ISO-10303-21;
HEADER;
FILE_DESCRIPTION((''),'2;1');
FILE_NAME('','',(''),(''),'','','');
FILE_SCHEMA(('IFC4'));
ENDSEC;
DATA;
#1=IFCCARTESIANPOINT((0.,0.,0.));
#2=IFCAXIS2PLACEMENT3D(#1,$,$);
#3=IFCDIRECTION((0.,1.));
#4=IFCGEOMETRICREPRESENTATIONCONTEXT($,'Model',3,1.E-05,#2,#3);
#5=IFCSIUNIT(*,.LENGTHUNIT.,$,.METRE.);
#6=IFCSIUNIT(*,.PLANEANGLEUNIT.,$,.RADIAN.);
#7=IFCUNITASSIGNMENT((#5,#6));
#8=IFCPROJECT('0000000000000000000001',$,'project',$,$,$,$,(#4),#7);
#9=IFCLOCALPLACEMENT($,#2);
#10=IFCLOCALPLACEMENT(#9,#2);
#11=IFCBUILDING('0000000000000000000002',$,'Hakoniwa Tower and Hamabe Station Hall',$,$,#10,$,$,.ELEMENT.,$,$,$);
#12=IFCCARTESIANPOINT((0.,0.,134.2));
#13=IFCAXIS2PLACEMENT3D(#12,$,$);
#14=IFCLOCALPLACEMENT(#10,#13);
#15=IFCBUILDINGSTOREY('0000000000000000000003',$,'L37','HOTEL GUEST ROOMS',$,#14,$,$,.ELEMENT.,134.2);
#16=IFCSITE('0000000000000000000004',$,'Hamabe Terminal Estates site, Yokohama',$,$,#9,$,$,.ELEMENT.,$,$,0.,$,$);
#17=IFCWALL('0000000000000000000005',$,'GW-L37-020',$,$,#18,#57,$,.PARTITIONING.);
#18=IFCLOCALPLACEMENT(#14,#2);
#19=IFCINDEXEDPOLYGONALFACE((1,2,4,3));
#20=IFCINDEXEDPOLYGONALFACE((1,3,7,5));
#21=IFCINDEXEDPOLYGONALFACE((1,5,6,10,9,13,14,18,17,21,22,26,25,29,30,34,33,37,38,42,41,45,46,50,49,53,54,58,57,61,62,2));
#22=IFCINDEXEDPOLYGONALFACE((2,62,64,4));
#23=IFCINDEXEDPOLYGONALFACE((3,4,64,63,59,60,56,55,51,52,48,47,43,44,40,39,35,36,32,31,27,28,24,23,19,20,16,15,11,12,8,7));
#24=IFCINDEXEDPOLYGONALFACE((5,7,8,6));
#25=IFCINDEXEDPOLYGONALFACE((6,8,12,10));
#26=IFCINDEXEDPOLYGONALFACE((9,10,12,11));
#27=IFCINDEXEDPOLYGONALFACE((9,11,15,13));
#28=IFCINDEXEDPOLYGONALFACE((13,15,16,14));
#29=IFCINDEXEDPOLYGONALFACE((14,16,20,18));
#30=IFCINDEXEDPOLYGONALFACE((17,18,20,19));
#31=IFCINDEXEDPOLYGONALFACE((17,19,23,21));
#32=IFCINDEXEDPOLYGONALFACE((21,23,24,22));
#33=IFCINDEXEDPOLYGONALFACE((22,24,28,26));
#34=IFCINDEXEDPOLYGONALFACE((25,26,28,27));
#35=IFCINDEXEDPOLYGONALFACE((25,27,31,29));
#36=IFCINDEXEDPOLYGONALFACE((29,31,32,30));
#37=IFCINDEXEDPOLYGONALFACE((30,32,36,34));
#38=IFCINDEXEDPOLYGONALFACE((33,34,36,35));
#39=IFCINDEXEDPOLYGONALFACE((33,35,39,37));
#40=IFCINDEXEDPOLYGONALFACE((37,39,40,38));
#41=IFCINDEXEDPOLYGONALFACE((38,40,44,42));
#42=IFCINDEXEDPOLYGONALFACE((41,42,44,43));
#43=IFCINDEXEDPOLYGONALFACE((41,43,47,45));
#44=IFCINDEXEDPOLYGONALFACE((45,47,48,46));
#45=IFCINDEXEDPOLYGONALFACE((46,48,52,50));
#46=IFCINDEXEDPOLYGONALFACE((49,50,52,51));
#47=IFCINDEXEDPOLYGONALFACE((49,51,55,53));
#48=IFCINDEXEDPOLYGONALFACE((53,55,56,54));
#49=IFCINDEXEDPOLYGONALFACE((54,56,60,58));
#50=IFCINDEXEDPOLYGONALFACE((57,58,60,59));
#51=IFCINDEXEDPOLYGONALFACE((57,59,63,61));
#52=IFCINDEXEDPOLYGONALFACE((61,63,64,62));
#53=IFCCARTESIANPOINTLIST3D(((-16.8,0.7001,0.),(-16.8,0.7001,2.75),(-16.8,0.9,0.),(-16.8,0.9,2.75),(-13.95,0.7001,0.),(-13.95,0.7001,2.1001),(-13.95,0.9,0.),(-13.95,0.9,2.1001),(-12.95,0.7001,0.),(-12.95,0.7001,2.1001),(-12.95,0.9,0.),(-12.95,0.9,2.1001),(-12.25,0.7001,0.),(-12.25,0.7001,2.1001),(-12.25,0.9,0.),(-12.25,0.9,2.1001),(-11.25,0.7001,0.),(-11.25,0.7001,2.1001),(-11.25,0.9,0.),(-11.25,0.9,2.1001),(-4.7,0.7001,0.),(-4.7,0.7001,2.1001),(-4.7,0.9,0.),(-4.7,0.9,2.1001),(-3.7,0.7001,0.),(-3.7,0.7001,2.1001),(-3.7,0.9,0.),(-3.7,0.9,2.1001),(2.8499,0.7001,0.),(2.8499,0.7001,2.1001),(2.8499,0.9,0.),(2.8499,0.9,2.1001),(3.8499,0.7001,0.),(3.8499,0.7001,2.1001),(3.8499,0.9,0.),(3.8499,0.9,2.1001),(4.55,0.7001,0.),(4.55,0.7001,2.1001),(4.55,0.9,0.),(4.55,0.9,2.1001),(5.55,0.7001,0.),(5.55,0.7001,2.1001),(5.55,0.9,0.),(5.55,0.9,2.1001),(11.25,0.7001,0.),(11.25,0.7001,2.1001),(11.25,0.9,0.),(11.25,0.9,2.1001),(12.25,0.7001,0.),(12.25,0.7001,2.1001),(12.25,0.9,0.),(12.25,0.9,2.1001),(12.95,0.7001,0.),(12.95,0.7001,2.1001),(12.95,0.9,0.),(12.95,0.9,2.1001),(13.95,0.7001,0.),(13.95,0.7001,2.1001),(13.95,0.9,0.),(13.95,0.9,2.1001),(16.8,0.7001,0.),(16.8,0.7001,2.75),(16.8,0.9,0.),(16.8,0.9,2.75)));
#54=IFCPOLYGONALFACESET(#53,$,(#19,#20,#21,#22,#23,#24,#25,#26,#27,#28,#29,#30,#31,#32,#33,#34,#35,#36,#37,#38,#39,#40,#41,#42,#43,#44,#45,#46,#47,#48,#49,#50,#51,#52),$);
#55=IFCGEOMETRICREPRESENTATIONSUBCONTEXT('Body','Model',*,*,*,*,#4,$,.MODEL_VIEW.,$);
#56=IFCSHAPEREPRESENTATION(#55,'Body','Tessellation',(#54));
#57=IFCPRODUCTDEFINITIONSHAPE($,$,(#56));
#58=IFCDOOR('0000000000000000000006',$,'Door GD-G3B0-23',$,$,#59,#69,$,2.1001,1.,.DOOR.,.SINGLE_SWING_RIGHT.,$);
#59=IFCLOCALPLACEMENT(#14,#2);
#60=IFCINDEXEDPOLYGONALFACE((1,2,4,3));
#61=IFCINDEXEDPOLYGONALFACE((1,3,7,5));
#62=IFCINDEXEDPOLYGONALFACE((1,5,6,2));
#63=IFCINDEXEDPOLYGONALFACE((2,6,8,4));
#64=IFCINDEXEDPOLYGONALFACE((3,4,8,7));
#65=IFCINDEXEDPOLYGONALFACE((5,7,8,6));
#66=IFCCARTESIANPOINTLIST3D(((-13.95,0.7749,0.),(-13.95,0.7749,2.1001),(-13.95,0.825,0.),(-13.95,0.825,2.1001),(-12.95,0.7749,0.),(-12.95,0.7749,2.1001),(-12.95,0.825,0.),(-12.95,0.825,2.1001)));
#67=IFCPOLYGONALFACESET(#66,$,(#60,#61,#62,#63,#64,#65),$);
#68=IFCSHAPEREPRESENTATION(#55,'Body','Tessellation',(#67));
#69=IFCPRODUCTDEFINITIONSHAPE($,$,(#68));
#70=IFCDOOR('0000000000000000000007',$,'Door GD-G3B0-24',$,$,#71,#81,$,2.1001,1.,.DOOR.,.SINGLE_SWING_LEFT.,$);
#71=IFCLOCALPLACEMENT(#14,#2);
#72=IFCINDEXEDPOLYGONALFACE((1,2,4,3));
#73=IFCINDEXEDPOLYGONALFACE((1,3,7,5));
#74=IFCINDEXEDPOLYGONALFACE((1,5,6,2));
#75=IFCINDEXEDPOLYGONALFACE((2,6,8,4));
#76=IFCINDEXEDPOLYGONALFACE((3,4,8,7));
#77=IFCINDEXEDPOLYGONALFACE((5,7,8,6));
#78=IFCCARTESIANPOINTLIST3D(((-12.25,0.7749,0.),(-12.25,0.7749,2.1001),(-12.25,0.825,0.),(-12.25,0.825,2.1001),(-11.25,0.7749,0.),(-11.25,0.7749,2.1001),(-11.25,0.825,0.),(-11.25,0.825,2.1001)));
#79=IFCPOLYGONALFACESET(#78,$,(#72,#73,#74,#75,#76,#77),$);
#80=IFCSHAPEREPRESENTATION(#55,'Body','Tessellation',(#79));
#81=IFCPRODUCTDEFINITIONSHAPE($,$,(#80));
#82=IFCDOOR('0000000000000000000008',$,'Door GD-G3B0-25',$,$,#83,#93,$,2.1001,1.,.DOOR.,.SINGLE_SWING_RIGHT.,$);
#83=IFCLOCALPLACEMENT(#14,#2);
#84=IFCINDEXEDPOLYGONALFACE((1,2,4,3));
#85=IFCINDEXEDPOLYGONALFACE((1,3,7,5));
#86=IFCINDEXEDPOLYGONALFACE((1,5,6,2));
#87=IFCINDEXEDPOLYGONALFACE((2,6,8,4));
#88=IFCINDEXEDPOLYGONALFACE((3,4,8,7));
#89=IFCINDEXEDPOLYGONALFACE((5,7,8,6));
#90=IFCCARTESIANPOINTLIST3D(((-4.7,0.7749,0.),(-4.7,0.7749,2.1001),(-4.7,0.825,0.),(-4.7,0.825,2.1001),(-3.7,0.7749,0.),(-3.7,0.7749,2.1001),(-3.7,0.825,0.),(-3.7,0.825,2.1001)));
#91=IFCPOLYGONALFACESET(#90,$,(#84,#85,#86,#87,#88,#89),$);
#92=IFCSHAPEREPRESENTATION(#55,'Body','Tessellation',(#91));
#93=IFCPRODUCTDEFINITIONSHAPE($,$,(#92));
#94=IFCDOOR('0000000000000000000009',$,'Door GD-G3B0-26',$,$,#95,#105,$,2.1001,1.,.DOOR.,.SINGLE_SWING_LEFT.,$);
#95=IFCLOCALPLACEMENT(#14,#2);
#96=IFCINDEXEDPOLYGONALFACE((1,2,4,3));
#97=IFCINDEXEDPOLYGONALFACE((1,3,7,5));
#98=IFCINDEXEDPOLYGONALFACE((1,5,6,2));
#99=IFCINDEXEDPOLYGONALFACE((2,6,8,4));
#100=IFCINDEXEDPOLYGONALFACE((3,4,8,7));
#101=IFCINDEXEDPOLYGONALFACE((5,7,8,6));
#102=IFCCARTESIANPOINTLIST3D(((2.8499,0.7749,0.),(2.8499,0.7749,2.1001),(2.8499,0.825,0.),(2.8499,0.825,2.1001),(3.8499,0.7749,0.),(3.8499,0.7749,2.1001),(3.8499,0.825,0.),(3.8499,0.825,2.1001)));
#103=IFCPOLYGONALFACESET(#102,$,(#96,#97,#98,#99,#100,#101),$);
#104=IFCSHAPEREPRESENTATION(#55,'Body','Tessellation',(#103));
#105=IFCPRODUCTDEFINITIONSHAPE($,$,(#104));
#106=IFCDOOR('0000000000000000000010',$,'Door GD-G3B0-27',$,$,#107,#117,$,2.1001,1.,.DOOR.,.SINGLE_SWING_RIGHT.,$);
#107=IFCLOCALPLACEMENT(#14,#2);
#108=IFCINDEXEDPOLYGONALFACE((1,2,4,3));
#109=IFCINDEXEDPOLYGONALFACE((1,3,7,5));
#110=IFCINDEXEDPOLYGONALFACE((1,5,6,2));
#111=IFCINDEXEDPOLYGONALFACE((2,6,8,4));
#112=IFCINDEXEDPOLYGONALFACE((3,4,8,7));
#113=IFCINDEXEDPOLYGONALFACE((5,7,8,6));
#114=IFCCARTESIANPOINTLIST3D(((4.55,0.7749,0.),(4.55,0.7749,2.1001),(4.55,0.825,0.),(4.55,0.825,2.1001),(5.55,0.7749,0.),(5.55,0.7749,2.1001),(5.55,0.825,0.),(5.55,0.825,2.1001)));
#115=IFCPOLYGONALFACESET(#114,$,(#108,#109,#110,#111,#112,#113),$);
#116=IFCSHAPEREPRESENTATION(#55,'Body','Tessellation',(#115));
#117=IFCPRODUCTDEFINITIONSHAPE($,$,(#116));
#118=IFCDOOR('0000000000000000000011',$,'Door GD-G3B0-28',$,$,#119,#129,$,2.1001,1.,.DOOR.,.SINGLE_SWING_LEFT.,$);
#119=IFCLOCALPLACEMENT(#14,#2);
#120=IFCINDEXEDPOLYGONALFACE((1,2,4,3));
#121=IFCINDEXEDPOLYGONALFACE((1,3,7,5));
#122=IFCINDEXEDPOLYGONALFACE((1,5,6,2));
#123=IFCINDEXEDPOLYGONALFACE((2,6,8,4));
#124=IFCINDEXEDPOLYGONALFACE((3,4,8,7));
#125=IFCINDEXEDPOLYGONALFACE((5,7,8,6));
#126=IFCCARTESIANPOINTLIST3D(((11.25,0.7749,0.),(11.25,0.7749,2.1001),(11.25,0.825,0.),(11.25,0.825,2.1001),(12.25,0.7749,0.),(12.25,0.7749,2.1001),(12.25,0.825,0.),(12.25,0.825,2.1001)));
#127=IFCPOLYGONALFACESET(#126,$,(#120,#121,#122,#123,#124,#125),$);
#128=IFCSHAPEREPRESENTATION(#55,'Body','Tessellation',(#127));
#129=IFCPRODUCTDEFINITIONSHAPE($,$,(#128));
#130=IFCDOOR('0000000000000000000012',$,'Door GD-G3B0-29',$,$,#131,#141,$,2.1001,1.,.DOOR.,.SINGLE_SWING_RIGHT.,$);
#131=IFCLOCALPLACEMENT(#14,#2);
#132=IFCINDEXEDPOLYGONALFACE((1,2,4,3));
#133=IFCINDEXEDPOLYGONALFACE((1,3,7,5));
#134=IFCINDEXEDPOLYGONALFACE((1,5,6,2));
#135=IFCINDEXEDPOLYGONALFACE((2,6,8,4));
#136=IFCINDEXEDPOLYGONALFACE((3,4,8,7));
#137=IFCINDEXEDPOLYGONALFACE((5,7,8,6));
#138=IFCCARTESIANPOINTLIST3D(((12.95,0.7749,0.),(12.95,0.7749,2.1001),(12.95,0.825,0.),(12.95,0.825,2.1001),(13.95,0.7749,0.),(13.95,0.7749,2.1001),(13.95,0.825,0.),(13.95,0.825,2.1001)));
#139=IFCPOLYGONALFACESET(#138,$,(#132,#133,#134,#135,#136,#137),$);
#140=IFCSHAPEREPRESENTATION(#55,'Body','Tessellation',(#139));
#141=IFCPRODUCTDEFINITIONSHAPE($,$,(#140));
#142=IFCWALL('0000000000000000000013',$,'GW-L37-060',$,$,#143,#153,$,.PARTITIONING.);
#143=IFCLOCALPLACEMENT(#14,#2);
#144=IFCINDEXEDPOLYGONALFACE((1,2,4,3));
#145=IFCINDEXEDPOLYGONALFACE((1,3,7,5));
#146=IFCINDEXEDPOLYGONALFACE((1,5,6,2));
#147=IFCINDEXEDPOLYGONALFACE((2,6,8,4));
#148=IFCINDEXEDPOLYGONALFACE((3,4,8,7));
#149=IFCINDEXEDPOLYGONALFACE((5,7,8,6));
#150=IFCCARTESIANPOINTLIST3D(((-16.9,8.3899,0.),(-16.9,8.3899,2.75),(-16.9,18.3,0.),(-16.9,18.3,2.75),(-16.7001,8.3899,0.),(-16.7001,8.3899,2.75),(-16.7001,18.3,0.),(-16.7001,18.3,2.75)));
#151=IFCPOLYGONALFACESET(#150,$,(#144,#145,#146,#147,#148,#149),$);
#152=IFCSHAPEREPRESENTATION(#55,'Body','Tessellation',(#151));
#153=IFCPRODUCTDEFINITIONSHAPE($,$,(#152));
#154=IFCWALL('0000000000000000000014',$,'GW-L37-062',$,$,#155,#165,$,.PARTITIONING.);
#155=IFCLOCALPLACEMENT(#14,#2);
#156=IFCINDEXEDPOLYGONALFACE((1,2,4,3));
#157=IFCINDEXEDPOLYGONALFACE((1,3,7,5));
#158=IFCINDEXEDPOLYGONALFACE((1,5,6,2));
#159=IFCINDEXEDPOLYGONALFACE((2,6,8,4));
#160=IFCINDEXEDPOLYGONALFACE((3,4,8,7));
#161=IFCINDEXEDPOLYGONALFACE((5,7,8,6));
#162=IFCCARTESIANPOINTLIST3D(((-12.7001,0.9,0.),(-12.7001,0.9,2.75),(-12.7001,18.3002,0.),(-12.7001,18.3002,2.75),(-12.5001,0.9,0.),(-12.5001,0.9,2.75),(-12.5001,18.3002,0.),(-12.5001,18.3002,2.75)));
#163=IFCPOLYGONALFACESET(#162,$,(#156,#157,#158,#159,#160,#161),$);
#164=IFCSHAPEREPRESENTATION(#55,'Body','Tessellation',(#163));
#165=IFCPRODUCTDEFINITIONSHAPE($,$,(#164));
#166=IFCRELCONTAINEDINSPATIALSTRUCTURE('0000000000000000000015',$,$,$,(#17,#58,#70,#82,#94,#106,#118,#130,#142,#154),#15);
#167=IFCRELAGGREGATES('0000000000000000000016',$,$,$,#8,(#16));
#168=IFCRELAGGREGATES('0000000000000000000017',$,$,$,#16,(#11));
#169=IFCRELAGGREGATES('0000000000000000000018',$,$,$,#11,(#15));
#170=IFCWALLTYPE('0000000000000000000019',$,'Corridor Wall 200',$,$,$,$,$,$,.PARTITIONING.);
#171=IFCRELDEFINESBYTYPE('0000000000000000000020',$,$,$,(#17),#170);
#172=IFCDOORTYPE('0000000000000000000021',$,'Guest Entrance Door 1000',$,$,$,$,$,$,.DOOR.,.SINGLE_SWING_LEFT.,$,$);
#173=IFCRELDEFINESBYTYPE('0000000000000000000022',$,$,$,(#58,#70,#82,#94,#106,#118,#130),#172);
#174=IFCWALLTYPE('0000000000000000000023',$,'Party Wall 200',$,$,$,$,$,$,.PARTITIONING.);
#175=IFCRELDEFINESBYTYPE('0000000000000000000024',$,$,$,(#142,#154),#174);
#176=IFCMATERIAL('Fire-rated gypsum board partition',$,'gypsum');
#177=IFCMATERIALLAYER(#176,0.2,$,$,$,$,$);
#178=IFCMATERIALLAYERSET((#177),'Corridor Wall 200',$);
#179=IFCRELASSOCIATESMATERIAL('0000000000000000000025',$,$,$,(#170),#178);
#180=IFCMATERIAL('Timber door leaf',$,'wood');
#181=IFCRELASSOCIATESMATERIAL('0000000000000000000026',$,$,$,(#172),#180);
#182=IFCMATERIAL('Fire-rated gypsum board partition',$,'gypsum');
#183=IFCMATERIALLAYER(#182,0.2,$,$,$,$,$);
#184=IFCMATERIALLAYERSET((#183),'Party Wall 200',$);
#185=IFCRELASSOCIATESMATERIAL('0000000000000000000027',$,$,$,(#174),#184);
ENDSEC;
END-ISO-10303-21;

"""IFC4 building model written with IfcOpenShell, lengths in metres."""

from ifc_helpers import new_model, si_unit, direction, frame, frame_2d, origin, place, context, subcontext, project, spatial, rectangle, extrude, material, layer, layer_set, type_object, element, fill, save


model = new_model("IFC4")

# Units and contexts
model_context = context("Model", 3, precision=1e-05, world=origin(), true_north=direction((0.0, 1.0)))
body_context = subcontext(model_context, "Body", "Model", "MODEL_VIEW")
ifc_project = project(units=[si_unit("LENGTHUNIT", "METRE"), si_unit("PLANEANGLEUNIT", "RADIAN")], contexts=[model_context])

# Site, building, storey
site_placement = place(None, origin())
site = spatial("IfcSite", under=ifc_project, at=site_placement, Name="Hamabe Terminal Estates site, Yokohama", CompositionType="ELEMENT", RefElevation=0.0)
building_placement = place(site_placement, origin())
building = spatial("IfcBuilding", under=site, at=building_placement, Name="Hakoniwa Tower and Hamabe Station Hall", CompositionType="ELEMENT")
storey_placement = place(building_placement, frame((0.0, 0.0, 134.2)))
storey = spatial("IfcBuildingStorey", under=building, at=storey_placement, Name="L37", Description="HOTEL GUEST ROOMS", CompositionType="ELEMENT", Elevation=134.2)

# Wall, openings, doors
ifc_material_1 = material(Name="Fire-rated gypsum board partition", Category="gypsum")
ifc_layer_1 = layer(ifc_material_1, 0.2)
ifc_layer_set_1 = layer_set([ifc_layer_1], Name="Corridor Wall 200")
wall_type_1 = type_object("IfcWallType", Name="Corridor Wall 200", PredefinedType="PARTITIONING", material=ifc_layer_set_1)
wall_1_placement = place(storey_placement, frame((-16.8, 0.8, 0.0), z_axis=(0.0, 0.0, 1.0), x_axis=(1.0, 0.0, 0.0)))
wall_1 = element("IfcWall", 1, at=wall_1_placement, inside=storey, type_object=wall_type_1, Name="GW-L37-020", PredefinedType="PARTITIONING", context=body_context, shape_type="SweptSolid", body=[
    extrude(rectangle(XDim=33.6001, YDim=0.2, at=frame_2d((16.8, 0.0))), origin(), (0.0, 0.0, 1.0), 2.75),
])
opening_1_placement = place(wall_1_placement, frame((2.8501, 0.0, 0.0)))
opening_1 = element("IfcOpeningElement", 2, at=opening_1_placement, cuts=wall_1, PredefinedType="OPENING", context=body_context, shape_type="SweptSolid", body=[
    extrude(rectangle(XDim=1.0, YDim=2.1001, at=frame_2d((0.5, 1.05))), frame((0.0, 0.1099, 0.0), z_axis=(0.0, -1.0, 0.0), x_axis=(1.0, 0.0, 0.0)), (0.0, 0.0, 1.0), 0.22),
])
opening_2_placement = place(wall_1_placement, frame((4.55, 0.0, 0.0)))
opening_2 = element("IfcOpeningElement", 3, at=opening_2_placement, cuts=wall_1, PredefinedType="OPENING", context=body_context, shape_type="SweptSolid", body=[
    extrude(rectangle(XDim=1.0, YDim=2.1001, at=frame_2d((0.5, 1.05))), frame((0.0, 0.1099, 0.0), z_axis=(0.0, -1.0, 0.0), x_axis=(1.0, 0.0, 0.0)), (0.0, 0.0, 1.0), 0.22),
])
opening_3_placement = place(wall_1_placement, frame((12.1001, 0.0, 0.0)))
opening_3 = element("IfcOpeningElement", 4, at=opening_3_placement, cuts=wall_1, PredefinedType="OPENING", context=body_context, shape_type="SweptSolid", body=[
    extrude(rectangle(XDim=1.0, YDim=2.1001, at=frame_2d((0.5, 1.05))), frame((0.0, 0.1099, 0.0), z_axis=(0.0, -1.0, 0.0), x_axis=(1.0, 0.0, 0.0)), (0.0, 0.0, 1.0), 0.22),
])
opening_4_placement = place(wall_1_placement, frame((19.6499, 0.0, 0.0)))
opening_4 = element("IfcOpeningElement", 5, at=opening_4_placement, cuts=wall_1, PredefinedType="OPENING", context=body_context, shape_type="SweptSolid", body=[
    extrude(rectangle(XDim=1.0, YDim=2.1001, at=frame_2d((0.5, 1.05))), frame((0.0, 0.1099, 0.0), z_axis=(0.0, -1.0, 0.0), x_axis=(1.0, 0.0, 0.0)), (0.0, 0.0, 1.0), 0.22),
])
opening_5_placement = place(wall_1_placement, frame((21.3501, 0.0, 0.0)))
opening_5 = element("IfcOpeningElement", 6, at=opening_5_placement, cuts=wall_1, PredefinedType="OPENING", context=body_context, shape_type="SweptSolid", body=[
    extrude(rectangle(XDim=1.0, YDim=2.1001, at=frame_2d((0.5, 1.05))), frame((0.0, 0.1099, 0.0), z_axis=(0.0, -1.0, 0.0), x_axis=(1.0, 0.0, 0.0)), (0.0, 0.0, 1.0), 0.22),
])
opening_6_placement = place(wall_1_placement, frame((28.05, 0.0, 0.0)))
opening_6 = element("IfcOpeningElement", 7, at=opening_6_placement, cuts=wall_1, PredefinedType="OPENING", context=body_context, shape_type="SweptSolid", body=[
    extrude(rectangle(XDim=1.0, YDim=2.1001, at=frame_2d((0.5, 1.05))), frame((0.0, 0.1099, 0.0), z_axis=(0.0, -1.0, 0.0), x_axis=(1.0, 0.0, 0.0)), (0.0, 0.0, 1.0), 0.22),
])
opening_7_placement = place(wall_1_placement, frame((29.75, 0.0, 0.0)))
opening_7 = element("IfcOpeningElement", 8, at=opening_7_placement, cuts=wall_1, PredefinedType="OPENING", context=body_context, shape_type="SweptSolid", body=[
    extrude(rectangle(XDim=1.0, YDim=2.1001, at=frame_2d((0.5, 1.05))), frame((0.0, 0.1099, 0.0), z_axis=(0.0, -1.0, 0.0), x_axis=(1.0, 0.0, 0.0)), (0.0, 0.0, 1.0), 0.22),
])
ifc_material_2 = material(Name="Timber door leaf", Category="wood")
door_type_1 = type_object("IfcDoorType", Name="Guest Entrance Door 1000", OperationType="SINGLE_SWING_LEFT", PredefinedType="DOOR", material=ifc_material_2)
door_1_placement = place(opening_1_placement, origin())
door_1 = element("IfcDoor", 9, at=door_1_placement, inside=storey, type_object=door_type_1, Name="Door GD-G3B0-23", OperationType="SINGLE_SWING_RIGHT", OverallHeight=2.1001, OverallWidth=1.0, PredefinedType="DOOR", context=body_context, shape_type="SweptSolid", body=[
    extrude(rectangle(XDim=1.0, YDim=2.1001, at=frame_2d((0.5, 1.05))), frame((0.0, 0.0249, 0.0), z_axis=(0.0, -1.0, 0.0), x_axis=(1.0, 0.0, 0.0)), (0.0, 0.0, 1.0), 0.05),
])
fill(opening_1, door_1)
door_2_placement = place(opening_2_placement, origin())
door_2 = element("IfcDoor", 10, at=door_2_placement, inside=storey, type_object=door_type_1, Name="Door GD-G3B0-24", OperationType="SINGLE_SWING_LEFT", OverallHeight=2.1001, OverallWidth=1.0, PredefinedType="DOOR", context=body_context, shape_type="SweptSolid", body=[
    extrude(rectangle(XDim=1.0, YDim=2.1001, at=frame_2d((0.5, 1.05))), frame((0.0, 0.0249, 0.0), z_axis=(0.0, -1.0, 0.0), x_axis=(1.0, 0.0, 0.0)), (0.0, 0.0, 1.0), 0.05),
])
fill(opening_2, door_2)
door_3_placement = place(opening_3_placement, origin())
door_3 = element("IfcDoor", 11, at=door_3_placement, inside=storey, type_object=door_type_1, Name="Door GD-G3B0-25", OperationType="SINGLE_SWING_RIGHT", OverallHeight=2.1001, OverallWidth=1.0, PredefinedType="DOOR", context=body_context, shape_type="SweptSolid", body=[
    extrude(rectangle(XDim=1.0, YDim=2.1001, at=frame_2d((0.5, 1.05))), frame((0.0, 0.0249, 0.0), z_axis=(0.0, -1.0, 0.0), x_axis=(1.0, 0.0, 0.0)), (0.0, 0.0, 1.0), 0.05),
])
fill(opening_3, door_3)
door_4_placement = place(opening_4_placement, origin())
door_4 = element("IfcDoor", 12, at=door_4_placement, inside=storey, type_object=door_type_1, Name="Door GD-G3B0-26", OperationType="SINGLE_SWING_LEFT", OverallHeight=2.1001, OverallWidth=1.0, PredefinedType="DOOR", context=body_context, shape_type="SweptSolid", body=[
    extrude(rectangle(XDim=1.0, YDim=2.1001, at=frame_2d((0.5, 1.05))), frame((0.0, 0.0249, 0.0), z_axis=(0.0, -1.0, 0.0), x_axis=(1.0, 0.0, 0.0)), (0.0, 0.0, 1.0), 0.05),
])
fill(opening_4, door_4)
door_5_placement = place(opening_5_placement, origin())
door_5 = element("IfcDoor", 13, at=door_5_placement, inside=storey, type_object=door_type_1, Name="Door GD-G3B0-27", OperationType="SINGLE_SWING_RIGHT", OverallHeight=2.1001, OverallWidth=1.0, PredefinedType="DOOR", context=body_context, shape_type="SweptSolid", body=[
    extrude(rectangle(XDim=1.0, YDim=2.1001, at=frame_2d((0.5, 1.05))), frame((0.0, 0.0249, 0.0), z_axis=(0.0, -1.0, 0.0), x_axis=(1.0, 0.0, 0.0)), (0.0, 0.0, 1.0), 0.05),
])
fill(opening_5, door_5)
door_6_placement = place(opening_6_placement, origin())
door_6 = element("IfcDoor", 14, at=door_6_placement, inside=storey, type_object=door_type_1, Name="Door GD-G3B0-28", OperationType="SINGLE_SWING_LEFT", OverallHeight=2.1001, OverallWidth=1.0, PredefinedType="DOOR", context=body_context, shape_type="SweptSolid", body=[
    extrude(rectangle(XDim=1.0, YDim=2.1001, at=frame_2d((0.5, 1.05))), frame((0.0, 0.0249, 0.0), z_axis=(0.0, -1.0, 0.0), x_axis=(1.0, 0.0, 0.0)), (0.0, 0.0, 1.0), 0.05),
])
fill(opening_6, door_6)
door_7_placement = place(opening_7_placement, origin())
door_7 = element("IfcDoor", 15, at=door_7_placement, inside=storey, type_object=door_type_1, Name="Door GD-G3B0-29", OperationType="SINGLE_SWING_RIGHT", OverallHeight=2.1001, OverallWidth=1.0, PredefinedType="DOOR", context=body_context, shape_type="SweptSolid", body=[
    extrude(rectangle(XDim=1.0, YDim=2.1001, at=frame_2d((0.5, 1.05))), frame((0.0, 0.0249, 0.0), z_axis=(0.0, -1.0, 0.0), x_axis=(1.0, 0.0, 0.0)), (0.0, 0.0, 1.0), 0.05),
])
fill(opening_7, door_7)

# Walls
ifc_material_3 = material(Name="Fire-rated gypsum board partition", Category="gypsum")
ifc_layer_2 = layer(ifc_material_3, 0.2)
ifc_layer_set_2 = layer_set([ifc_layer_2], Name="Party Wall 200")
wall_type_2 = type_object("IfcWallType", Name="Party Wall 200", PredefinedType="PARTITIONING", material=ifc_layer_set_2)
wall_2_placement = place(storey_placement, frame((-16.8, 8.3899, 0.0), z_axis=(0.0, 0.0, 1.0), x_axis=(0.0, 1.0, 0.0)))
element("IfcWall", 16, at=wall_2_placement, inside=storey, type_object=wall_type_2, Name="GW-L37-060", PredefinedType="PARTITIONING", context=body_context, shape_type="SweptSolid", body=[
    extrude(rectangle(XDim=9.9102, YDim=0.2, at=frame_2d((4.9551, 0.0))), origin(), (0.0, 0.0, 1.0), 2.75),
])
wall_3_placement = place(storey_placement, frame((-12.6001, 0.8999, 0.0), z_axis=(0.0, 0.0, 1.0), x_axis=(0.0, 1.0, 0.0)))
element("IfcWall", 17, at=wall_3_placement, inside=storey, type_object=wall_type_2, Name="GW-L37-062", PredefinedType="PARTITIONING", context=body_context, shape_type="SweptSolid", body=[
    extrude(rectangle(XDim=17.4001, YDim=0.2, at=frame_2d((8.7002, 0.0))), origin(), (0.0, 0.0, 1.0), 2.75),
])

save(model, "model.ifc")
